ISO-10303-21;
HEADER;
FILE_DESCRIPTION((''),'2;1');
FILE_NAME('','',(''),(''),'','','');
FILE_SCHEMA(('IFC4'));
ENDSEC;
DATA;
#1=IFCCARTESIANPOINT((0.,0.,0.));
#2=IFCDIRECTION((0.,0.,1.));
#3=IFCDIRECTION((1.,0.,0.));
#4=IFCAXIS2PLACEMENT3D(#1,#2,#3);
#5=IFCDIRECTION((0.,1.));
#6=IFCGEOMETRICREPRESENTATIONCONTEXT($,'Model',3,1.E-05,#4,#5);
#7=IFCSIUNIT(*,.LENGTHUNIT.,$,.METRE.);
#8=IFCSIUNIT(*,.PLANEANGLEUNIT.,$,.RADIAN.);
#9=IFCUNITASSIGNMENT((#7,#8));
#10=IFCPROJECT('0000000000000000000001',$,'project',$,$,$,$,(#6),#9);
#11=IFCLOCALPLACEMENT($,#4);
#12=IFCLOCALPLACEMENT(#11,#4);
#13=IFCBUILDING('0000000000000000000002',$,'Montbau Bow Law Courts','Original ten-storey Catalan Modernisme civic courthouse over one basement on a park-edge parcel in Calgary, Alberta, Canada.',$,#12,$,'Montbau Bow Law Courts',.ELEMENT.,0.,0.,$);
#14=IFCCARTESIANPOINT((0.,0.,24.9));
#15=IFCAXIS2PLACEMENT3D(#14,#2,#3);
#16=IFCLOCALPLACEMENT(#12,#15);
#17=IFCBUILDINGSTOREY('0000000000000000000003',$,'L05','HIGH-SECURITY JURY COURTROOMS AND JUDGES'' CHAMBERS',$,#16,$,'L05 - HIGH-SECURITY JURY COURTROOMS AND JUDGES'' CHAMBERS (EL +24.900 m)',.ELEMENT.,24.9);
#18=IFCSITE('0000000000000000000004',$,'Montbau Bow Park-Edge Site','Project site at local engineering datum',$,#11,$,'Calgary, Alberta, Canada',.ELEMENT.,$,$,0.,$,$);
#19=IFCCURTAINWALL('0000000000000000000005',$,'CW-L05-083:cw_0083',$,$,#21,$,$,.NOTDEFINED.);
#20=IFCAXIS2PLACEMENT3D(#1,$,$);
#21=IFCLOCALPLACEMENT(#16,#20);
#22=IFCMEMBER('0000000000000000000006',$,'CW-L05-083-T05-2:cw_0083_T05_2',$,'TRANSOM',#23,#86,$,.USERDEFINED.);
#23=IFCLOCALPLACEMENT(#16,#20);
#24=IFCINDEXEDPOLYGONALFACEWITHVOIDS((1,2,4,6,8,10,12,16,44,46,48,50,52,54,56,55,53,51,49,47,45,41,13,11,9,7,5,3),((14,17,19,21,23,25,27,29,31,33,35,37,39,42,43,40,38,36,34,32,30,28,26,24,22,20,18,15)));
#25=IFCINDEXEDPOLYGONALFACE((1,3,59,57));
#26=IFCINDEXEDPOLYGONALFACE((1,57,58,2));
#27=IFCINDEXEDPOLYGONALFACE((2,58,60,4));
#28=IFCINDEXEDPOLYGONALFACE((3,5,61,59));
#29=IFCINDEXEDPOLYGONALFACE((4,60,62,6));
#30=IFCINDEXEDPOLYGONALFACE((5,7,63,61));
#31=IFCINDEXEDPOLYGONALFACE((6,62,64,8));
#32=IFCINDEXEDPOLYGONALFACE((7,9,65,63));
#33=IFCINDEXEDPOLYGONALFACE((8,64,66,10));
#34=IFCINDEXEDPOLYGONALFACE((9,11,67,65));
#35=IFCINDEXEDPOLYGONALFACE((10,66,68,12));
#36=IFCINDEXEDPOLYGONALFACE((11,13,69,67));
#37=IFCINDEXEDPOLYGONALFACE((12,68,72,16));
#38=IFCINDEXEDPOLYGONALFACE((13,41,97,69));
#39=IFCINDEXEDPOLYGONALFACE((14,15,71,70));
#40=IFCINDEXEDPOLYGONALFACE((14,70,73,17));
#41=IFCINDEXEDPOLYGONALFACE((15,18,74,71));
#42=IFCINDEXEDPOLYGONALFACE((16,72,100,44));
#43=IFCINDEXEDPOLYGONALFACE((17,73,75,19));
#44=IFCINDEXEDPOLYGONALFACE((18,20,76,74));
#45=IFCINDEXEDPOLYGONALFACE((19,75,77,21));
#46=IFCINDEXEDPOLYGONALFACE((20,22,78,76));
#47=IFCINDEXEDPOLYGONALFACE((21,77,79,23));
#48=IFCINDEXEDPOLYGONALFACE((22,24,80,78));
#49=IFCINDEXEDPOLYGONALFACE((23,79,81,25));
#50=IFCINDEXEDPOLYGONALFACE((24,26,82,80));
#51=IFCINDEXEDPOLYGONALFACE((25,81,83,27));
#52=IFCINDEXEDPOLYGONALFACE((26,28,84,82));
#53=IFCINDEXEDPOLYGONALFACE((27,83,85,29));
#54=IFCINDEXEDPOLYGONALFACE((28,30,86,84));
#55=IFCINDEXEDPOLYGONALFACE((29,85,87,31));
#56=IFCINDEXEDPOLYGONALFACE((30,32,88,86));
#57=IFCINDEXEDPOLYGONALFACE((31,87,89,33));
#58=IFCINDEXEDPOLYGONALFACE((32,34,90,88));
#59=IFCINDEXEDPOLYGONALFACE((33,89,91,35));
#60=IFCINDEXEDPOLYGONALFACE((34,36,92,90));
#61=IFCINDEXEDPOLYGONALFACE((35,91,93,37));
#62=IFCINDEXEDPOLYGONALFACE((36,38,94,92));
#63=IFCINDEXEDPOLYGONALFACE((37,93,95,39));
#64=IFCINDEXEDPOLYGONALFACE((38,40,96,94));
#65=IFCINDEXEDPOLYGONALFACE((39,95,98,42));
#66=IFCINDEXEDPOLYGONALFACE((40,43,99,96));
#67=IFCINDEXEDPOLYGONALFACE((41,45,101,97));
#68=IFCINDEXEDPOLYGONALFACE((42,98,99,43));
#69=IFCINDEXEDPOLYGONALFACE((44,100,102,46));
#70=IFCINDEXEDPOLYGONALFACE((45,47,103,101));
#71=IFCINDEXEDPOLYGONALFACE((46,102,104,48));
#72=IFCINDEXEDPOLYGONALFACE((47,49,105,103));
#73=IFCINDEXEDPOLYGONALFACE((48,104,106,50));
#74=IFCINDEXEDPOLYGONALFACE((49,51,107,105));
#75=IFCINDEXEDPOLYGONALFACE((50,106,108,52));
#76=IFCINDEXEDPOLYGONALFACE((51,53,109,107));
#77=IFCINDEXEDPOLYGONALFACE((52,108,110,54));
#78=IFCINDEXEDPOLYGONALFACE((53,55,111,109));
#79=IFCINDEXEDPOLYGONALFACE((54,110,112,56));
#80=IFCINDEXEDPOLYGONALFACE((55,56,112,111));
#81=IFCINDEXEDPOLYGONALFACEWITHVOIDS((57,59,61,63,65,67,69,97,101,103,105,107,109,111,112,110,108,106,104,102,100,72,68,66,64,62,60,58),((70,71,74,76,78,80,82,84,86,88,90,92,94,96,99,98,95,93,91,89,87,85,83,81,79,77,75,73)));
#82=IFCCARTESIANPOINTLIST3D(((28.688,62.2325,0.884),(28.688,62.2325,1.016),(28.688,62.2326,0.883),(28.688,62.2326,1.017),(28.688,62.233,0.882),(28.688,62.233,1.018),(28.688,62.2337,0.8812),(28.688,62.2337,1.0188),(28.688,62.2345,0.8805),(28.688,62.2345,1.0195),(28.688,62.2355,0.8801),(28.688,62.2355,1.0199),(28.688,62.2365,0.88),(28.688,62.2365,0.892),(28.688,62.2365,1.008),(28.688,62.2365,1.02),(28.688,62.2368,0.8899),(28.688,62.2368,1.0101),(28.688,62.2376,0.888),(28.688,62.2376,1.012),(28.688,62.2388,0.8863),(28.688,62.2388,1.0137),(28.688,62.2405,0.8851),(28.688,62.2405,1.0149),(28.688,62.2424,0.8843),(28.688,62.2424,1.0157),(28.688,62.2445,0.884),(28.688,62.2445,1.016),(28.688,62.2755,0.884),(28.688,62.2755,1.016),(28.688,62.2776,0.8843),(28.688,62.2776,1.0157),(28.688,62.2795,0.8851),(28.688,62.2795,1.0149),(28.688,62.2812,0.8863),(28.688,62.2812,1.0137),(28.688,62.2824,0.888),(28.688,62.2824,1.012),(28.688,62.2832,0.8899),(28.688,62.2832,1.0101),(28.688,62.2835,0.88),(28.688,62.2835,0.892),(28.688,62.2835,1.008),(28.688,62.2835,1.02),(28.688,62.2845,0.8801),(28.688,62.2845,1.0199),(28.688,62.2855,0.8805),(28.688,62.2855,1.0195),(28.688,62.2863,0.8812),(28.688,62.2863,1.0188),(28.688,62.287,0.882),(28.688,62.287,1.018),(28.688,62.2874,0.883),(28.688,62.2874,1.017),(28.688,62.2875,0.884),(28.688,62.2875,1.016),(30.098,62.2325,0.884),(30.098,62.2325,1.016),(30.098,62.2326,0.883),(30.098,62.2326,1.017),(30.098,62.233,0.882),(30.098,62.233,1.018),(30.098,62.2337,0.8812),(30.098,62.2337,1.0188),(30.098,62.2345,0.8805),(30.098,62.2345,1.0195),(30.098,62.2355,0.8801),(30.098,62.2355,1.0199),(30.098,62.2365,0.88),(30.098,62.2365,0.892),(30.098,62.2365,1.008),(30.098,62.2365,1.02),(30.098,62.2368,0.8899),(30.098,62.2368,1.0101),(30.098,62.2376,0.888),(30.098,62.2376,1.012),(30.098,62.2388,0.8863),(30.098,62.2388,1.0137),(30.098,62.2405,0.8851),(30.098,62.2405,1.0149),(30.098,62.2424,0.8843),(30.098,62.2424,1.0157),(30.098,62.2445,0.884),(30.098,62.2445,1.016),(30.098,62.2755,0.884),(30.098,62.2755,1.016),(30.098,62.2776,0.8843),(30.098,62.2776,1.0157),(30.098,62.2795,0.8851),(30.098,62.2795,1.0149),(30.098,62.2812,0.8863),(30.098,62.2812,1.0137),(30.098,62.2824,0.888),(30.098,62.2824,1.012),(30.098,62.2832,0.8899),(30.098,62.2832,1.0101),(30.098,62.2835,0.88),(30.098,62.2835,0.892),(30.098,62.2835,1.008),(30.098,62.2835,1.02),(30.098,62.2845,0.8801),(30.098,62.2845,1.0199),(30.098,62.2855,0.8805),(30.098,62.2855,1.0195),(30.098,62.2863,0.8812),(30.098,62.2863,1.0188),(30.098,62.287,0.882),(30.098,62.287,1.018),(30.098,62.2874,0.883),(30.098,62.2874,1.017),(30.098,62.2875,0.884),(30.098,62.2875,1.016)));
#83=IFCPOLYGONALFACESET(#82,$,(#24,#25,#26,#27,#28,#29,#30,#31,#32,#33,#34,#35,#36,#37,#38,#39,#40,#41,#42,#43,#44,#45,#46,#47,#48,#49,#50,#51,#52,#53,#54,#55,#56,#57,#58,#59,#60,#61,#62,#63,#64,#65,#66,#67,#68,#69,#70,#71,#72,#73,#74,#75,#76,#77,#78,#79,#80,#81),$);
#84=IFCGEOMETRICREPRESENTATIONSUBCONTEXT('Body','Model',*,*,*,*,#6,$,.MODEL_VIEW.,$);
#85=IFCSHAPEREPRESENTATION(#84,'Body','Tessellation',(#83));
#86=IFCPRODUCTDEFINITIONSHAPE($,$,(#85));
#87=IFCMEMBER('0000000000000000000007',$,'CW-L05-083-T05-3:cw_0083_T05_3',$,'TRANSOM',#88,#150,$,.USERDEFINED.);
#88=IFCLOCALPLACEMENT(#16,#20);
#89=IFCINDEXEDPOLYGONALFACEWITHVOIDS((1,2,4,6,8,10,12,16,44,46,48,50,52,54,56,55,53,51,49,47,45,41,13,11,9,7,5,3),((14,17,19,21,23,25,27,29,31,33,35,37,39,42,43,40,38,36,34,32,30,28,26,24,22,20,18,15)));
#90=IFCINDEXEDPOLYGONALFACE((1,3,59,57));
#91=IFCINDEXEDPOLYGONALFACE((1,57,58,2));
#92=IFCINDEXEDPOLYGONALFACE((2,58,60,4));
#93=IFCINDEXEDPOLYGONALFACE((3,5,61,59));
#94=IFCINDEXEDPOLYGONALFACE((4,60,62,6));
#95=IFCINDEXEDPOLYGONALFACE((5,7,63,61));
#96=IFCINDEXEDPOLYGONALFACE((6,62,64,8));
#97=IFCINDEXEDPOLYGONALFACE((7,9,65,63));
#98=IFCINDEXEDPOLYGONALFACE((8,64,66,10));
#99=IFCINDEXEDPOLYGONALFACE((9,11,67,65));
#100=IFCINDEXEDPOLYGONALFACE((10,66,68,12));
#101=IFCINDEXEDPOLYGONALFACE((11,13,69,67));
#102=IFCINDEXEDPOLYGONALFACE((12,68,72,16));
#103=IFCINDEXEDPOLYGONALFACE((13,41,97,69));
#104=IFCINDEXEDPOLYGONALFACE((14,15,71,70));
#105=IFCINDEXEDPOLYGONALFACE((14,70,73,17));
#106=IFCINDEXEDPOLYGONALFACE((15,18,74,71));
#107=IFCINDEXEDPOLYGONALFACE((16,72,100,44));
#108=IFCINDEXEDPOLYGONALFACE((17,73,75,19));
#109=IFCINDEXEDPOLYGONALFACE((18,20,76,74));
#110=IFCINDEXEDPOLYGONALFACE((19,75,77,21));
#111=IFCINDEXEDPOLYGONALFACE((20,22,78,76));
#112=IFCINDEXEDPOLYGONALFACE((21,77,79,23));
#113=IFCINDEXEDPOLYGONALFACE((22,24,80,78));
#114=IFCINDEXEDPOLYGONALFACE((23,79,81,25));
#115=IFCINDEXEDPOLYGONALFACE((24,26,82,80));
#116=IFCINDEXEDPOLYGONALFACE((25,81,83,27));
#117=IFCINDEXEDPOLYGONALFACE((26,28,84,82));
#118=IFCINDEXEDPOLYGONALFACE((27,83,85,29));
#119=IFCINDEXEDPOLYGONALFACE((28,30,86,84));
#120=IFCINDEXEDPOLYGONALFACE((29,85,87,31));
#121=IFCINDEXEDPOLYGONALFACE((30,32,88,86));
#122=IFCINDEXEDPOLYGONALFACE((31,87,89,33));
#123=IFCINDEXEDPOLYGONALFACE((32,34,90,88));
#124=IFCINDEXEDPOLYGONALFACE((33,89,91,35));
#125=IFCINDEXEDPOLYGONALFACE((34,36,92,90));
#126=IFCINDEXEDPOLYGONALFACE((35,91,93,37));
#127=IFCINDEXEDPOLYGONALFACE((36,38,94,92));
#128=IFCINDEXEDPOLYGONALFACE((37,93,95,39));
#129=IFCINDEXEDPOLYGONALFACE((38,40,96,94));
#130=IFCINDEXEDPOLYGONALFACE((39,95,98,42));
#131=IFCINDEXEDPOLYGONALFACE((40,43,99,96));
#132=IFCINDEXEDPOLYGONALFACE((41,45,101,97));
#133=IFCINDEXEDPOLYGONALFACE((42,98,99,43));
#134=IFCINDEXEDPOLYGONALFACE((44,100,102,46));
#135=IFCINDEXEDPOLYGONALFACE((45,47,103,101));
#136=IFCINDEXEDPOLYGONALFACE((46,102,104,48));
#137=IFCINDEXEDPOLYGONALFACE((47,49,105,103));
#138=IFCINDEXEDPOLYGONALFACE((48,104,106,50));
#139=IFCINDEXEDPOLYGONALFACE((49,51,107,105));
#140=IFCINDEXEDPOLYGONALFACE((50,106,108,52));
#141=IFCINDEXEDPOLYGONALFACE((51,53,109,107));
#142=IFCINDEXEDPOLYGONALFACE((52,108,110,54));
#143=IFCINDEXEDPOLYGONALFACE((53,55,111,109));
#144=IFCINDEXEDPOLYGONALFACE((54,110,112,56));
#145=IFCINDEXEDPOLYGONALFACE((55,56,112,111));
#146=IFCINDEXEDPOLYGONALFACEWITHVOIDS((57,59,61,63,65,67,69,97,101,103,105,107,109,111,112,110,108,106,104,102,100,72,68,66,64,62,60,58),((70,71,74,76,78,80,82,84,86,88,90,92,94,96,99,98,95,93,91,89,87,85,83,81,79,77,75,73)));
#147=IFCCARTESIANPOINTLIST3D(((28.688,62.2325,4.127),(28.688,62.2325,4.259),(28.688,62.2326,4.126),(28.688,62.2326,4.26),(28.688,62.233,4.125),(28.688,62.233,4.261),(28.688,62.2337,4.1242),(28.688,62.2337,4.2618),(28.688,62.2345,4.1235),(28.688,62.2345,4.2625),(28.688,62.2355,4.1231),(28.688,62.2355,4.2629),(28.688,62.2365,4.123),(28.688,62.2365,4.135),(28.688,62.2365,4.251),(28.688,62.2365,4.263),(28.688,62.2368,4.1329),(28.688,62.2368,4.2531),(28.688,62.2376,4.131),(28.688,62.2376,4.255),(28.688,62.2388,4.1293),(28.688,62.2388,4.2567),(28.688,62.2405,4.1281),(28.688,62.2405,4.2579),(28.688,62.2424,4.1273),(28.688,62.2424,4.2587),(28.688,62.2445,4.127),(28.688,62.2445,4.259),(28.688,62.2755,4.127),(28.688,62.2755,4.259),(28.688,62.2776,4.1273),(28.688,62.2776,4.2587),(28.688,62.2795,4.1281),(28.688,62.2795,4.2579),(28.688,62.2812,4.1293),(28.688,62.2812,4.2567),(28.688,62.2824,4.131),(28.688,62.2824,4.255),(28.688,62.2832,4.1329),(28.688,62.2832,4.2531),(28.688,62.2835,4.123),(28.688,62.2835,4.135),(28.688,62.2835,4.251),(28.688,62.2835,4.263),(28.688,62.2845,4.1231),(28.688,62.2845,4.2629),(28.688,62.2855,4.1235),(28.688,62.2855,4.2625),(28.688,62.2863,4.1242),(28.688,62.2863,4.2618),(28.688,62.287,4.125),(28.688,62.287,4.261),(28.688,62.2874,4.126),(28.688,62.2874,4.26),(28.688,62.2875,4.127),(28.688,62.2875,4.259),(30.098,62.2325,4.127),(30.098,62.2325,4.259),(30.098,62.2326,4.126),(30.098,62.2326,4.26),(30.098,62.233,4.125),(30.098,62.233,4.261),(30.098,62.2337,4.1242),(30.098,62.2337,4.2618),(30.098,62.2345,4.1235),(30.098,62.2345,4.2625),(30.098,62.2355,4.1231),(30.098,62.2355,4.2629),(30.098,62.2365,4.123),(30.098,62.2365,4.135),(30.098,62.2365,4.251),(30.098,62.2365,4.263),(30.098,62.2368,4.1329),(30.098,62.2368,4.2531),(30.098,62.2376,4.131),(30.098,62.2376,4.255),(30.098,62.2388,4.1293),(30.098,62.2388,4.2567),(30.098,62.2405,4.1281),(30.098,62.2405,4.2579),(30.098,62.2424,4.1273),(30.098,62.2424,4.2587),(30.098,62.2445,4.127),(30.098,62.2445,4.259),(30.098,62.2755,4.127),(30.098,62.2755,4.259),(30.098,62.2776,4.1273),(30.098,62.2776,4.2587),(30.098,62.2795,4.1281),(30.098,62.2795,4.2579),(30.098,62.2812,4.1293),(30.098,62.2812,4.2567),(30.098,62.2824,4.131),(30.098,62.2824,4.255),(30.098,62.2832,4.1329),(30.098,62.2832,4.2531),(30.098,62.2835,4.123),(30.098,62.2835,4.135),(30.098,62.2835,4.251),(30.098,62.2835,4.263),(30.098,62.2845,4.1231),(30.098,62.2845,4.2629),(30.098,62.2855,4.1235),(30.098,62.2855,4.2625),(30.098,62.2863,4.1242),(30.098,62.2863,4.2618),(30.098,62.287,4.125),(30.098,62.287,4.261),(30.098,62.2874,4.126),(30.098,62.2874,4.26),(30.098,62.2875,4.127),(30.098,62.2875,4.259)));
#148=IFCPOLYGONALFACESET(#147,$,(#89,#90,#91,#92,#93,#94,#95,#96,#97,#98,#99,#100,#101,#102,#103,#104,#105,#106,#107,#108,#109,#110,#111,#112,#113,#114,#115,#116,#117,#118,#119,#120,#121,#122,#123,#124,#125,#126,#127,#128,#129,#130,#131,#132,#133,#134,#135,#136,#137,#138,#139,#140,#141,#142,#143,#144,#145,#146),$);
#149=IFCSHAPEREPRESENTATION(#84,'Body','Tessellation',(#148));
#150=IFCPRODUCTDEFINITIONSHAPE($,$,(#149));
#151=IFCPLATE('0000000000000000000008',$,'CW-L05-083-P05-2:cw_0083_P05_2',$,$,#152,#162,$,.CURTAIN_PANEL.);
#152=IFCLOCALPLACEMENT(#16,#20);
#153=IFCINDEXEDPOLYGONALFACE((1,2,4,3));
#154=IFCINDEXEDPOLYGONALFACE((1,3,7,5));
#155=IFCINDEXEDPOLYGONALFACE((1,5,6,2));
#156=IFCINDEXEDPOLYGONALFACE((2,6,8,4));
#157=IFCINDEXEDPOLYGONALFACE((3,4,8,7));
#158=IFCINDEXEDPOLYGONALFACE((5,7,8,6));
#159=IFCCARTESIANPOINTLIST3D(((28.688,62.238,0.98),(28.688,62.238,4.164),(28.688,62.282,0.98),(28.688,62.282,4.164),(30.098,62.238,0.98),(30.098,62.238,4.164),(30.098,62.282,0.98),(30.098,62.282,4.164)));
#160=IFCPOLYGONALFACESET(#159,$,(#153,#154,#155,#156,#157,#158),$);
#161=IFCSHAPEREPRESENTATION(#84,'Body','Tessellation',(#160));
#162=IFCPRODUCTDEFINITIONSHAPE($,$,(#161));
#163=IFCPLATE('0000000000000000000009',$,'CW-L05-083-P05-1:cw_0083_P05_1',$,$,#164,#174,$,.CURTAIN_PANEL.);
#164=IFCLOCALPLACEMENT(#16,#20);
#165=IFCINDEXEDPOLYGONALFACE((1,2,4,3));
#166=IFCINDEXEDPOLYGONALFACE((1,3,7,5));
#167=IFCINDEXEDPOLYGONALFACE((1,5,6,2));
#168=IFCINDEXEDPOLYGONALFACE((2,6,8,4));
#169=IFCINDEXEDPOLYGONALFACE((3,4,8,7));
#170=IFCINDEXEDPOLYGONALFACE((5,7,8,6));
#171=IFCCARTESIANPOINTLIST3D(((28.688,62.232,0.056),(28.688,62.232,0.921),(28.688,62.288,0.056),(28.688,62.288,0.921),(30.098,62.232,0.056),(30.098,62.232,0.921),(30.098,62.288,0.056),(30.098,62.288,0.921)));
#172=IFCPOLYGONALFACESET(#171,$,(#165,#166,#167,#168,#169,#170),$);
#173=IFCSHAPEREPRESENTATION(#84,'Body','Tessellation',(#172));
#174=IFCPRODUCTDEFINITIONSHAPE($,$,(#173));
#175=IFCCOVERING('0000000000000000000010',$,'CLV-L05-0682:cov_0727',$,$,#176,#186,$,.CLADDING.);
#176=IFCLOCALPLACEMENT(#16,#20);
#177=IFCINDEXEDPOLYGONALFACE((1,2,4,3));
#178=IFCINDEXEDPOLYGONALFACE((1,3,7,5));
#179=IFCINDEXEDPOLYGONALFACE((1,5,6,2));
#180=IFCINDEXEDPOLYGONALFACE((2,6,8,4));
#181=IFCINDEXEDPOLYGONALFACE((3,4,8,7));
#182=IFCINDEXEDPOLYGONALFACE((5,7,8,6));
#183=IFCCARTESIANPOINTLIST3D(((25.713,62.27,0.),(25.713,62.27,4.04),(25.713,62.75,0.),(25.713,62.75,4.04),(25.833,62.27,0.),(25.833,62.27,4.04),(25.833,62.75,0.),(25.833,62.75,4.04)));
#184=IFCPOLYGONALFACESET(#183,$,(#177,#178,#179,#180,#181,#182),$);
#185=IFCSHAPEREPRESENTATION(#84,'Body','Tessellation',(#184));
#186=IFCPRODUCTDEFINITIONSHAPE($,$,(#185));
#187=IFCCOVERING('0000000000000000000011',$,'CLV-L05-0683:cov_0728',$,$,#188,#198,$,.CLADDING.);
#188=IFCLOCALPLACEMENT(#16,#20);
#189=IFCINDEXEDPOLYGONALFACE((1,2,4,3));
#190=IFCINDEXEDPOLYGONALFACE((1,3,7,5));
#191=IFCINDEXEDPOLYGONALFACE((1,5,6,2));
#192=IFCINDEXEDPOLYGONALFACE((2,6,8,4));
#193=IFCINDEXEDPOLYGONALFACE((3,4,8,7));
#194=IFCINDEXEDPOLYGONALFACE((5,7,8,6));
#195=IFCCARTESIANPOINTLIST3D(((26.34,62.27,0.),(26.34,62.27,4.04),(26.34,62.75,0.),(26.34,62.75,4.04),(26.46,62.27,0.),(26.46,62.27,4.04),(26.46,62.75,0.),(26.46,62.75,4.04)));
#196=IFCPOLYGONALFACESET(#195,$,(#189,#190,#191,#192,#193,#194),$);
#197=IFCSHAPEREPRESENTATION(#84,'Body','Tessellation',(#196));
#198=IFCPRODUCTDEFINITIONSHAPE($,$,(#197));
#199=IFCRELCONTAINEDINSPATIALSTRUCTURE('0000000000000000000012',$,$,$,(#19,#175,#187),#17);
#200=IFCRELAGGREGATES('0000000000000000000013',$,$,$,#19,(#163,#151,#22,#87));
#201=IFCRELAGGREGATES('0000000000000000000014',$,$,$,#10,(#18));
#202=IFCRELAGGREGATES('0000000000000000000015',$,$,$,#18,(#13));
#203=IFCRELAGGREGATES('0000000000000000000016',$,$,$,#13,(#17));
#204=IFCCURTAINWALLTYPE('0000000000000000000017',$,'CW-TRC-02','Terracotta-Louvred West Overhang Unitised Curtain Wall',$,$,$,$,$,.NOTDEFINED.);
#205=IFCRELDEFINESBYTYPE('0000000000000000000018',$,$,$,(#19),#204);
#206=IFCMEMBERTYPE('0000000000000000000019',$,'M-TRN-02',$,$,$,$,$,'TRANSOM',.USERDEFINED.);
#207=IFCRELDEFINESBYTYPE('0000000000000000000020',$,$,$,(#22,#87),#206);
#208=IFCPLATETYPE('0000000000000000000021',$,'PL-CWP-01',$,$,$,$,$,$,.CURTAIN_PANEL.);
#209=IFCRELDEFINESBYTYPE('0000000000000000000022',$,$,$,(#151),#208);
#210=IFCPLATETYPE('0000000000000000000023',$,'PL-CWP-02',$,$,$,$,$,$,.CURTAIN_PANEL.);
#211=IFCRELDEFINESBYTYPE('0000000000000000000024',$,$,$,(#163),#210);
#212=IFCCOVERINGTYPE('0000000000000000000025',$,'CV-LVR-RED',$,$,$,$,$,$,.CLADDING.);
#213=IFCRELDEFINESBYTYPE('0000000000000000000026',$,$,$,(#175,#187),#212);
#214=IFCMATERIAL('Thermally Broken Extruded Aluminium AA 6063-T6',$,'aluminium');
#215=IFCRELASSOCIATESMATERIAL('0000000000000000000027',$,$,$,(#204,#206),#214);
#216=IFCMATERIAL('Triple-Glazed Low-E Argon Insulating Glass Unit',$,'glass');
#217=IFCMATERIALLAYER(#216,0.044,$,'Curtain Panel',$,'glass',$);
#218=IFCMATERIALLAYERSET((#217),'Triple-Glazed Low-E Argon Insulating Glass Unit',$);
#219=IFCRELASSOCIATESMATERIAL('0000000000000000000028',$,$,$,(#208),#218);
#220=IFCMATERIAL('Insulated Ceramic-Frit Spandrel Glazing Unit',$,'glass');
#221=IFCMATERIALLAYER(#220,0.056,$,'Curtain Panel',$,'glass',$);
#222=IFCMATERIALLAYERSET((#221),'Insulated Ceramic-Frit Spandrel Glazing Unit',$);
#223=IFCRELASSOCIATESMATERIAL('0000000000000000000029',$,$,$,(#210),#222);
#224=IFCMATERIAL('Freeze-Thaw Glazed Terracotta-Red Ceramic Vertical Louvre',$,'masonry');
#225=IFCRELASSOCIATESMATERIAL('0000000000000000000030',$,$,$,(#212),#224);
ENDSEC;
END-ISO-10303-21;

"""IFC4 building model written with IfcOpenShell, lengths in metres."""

from ifc_helpers import new_model, si_unit, direction, frame, frame_2d, origin_with_axes, origin_2d_with_axis, place, context, subcontext, project, spatial, rectangle, hollow_rectangle, extrude, material, layer, layer_set, material_profile, profile_set, type_object, element, aggregate, save


model = new_model("IFC4")

# Units and contexts
model_context = context("Model", 3, precision=1e-05, world=origin_with_axes(), true_north=direction((0.0, 1.0)))
body_context = subcontext(model_context, "Body", "Model", "MODEL_VIEW")
ifc_project = project(units=[si_unit("LENGTHUNIT", "METRE"), si_unit("PLANEANGLEUNIT", "RADIAN")], contexts=[model_context])

# Site, building, storey
site_placement = place(None, origin_with_axes())
site = spatial("IfcSite", under=ifc_project, at=site_placement, Name="Montbau Bow Park-Edge Site", Description="Project site at local engineering datum", LongName="Calgary, Alberta, Canada", CompositionType="ELEMENT", RefElevation=0.0)
building_placement = place(site_placement, origin_with_axes())
building = spatial("IfcBuilding", under=site, at=building_placement, Name="Montbau Bow Law Courts", Description="Original ten-storey Catalan Modernisme civic courthouse over one basement on a park-edge parcel in Calgary, Alberta, Canada.", LongName="Montbau Bow Law Courts", CompositionType="ELEMENT", ElevationOfRefHeight=0.0, ElevationOfTerrain=0.0)
storey_placement = place(building_placement, frame((0.0, 0.0, 24.9), z_axis=(0.0, 0.0, 1.0), x_axis=(1.0, 0.0, 0.0)))
storey = spatial("IfcBuildingStorey", under=building, at=storey_placement, Name="L05", Description="HIGH-SECURITY JURY COURTROOMS AND JUDGES' CHAMBERS", LongName="L05 - HIGH-SECURITY JURY COURTROOMS AND JUDGES' CHAMBERS (EL +24.900 m)", CompositionType="ELEMENT", Elevation=24.9)

# Curtain wall, members, plates
ifc_material_1 = material(Name="Thermally Broken Extruded Aluminium AA 6063-T6", Category="aluminium")
curtain_wall_type = type_object("IfcCurtainWallType", Name="CW-TRC-02", Description="Terracotta-Louvred West Overhang Unitised Curtain Wall", PredefinedType="NOTDEFINED", material=ifc_material_1)
curtain_wall_placement = place(None, frame((22.64, 62.26, 24.9), z_axis=(0.0, 0.0, 1.0), x_axis=(1.0, 0.0, 0.0)))
curtain_wall = element("IfcCurtainWall", 1, at=curtain_wall_placement, inside=storey, type_object=curtain_wall_type, Name="CW-L05-083:cw_0083", PredefinedType="NOTDEFINED")
ifc_material_profile_1 = material_profile(ifc_material_1, hollow_rectangle(XDim=0.055, YDim=0.14, WallThickness=0.004, InnerFilletRadius=0.008, OuterFilletRadius=0.004, at=origin_2d_with_axis()), Name="CWT-140X55", Category="Main", Priority=0)
ifc_profile_set_1 = profile_set([ifc_material_profile_1], Name="Thermally Broken Extruded Aluminium AA 6063-T6")
member_type_1 = type_object("IfcMemberType", Name="M-TRN-02", ElementType="TRANSOM", PredefinedType="USERDEFINED", material=ifc_profile_set_1)
member_1_placement = place(None, frame((28.688, 62.26, 25.85), z_axis=(1.0, 0.0, 0.0), x_axis=(0.0, 1.0, 0.0)))
member_1 = element("IfcMember", 2, at=member_1_placement, type_object=member_type_1, Name="CW-L05-083-T05-2:cw_0083_T05_2", ObjectType="TRANSOM", PredefinedType="USERDEFINED", context=body_context, shape_type="SweptSolid", body=[
    extrude(hollow_rectangle(XDim=0.055, YDim=0.14, WallThickness=0.004, InnerFilletRadius=0.008, OuterFilletRadius=0.004, at=origin_2d_with_axis()), origin_with_axes(), (0.0, 0.0, 1.0), 1.41),
])
member_2_placement = place(None, frame((28.688, 62.26, 29.093), z_axis=(1.0, 0.0, 0.0), x_axis=(0.0, 1.0, 0.0)))
member_2 = element("IfcMember", 3, at=member_2_placement, type_object=member_type_1, Name="CW-L05-083-T05-3:cw_0083_T05_3", ObjectType="TRANSOM", PredefinedType="USERDEFINED", context=body_context, shape_type="SweptSolid", body=[
    extrude(hollow_rectangle(XDim=0.055, YDim=0.14, WallThickness=0.004, InnerFilletRadius=0.008, OuterFilletRadius=0.004, at=origin_2d_with_axis()), origin_with_axes(), (0.0, 0.0, 1.0), 1.41),
])
ifc_material_2 = material(Name="Triple-Glazed Low-E Argon Insulating Glass Unit", Category="glass")
ifc_layer_1 = layer(ifc_material_2, 0.044, Name="Curtain Panel", Category="glass")
ifc_layer_set_1 = layer_set([ifc_layer_1], Name="Triple-Glazed Low-E Argon Insulating Glass Unit")
plate_type_1 = type_object("IfcPlateType", Name="PL-CWP-01", PredefinedType="CURTAIN_PANEL", material=ifc_layer_set_1)
plate_1_placement = place(None, frame((28.688, 62.26, 25.88), z_axis=(0.0, -1.0, 0.0), x_axis=(1.0, 0.0, 0.0)))
plate_1 = element("IfcPlate", 4, at=plate_1_placement, type_object=plate_type_1, Name="CW-L05-083-P05-2:cw_0083_P05_2", PredefinedType="CURTAIN_PANEL", context=body_context, shape_type="SweptSolid", body=[
    extrude(rectangle(XDim=1.41, YDim=3.184, at=frame_2d((0.705, 1.592), x_axis=(1.0, 0.0))), frame((0.0, 0.0, -0.022), z_axis=(0.0, 0.0, 1.0), x_axis=(1.0, 0.0, 0.0)), (0.0, 0.0, 1.0), 0.044),
])
ifc_material_3 = material(Name="Insulated Ceramic-Frit Spandrel Glazing Unit", Category="glass")
ifc_layer_2 = layer(ifc_material_3, 0.056, Name="Curtain Panel", Category="glass")
ifc_layer_set_2 = layer_set([ifc_layer_2], Name="Insulated Ceramic-Frit Spandrel Glazing Unit")
plate_type_2 = type_object("IfcPlateType", Name="PL-CWP-02", PredefinedType="CURTAIN_PANEL", material=ifc_layer_set_2)
plate_2_placement = place(None, frame((28.688, 62.26, 24.956), z_axis=(0.0, -1.0, 0.0), x_axis=(1.0, 0.0, 0.0)))
plate_2 = element("IfcPlate", 5, at=plate_2_placement, type_object=plate_type_2, Name="CW-L05-083-P05-1:cw_0083_P05_1", PredefinedType="CURTAIN_PANEL", context=body_context, shape_type="SweptSolid", body=[
    extrude(rectangle(XDim=1.41, YDim=0.865, at=frame_2d((0.705, 0.4325), x_axis=(1.0, 0.0))), frame((0.0, 0.0, -0.028), z_axis=(0.0, 0.0, 1.0), x_axis=(1.0, 0.0, 0.0)), (0.0, 0.0, 1.0), 0.056),
])
aggregate(curtain_wall, [plate_2, plate_1, member_1, member_2])

# Coverings
ifc_material_4 = material(Name="Freeze-Thaw Glazed Terracotta-Red Ceramic Vertical Louvre", Category="masonry")
covering_type = type_object("IfcCoveringType", Name="CV-LVR-RED", PredefinedType="CLADDING", material=ifc_material_4)
for number, where, z_axis, x_axis, name in (
    (6, (25.773, 62.27, 24.9), (1.0, 0.0, 0.0), (0.0, 1.0, 0.0), "CLV-L05-0682:cov_0727"),
    (7, (26.4, 62.27, 24.9), (1.0, 0.0, 0.0), (0.0, 1.0, 0.0), "CLV-L05-0683:cov_0728"),
):
    element("IfcCovering", number, at=place(None, frame(where, z_axis=z_axis, x_axis=x_axis)), inside=storey, type_object=covering_type, Name=name, PredefinedType="CLADDING", context=body_context, shape_type="SweptSolid", body=[
        extrude(rectangle(XDim=0.48, YDim=4.04, at=frame_2d((0.24, 2.02), x_axis=(1.0, 0.0))), frame((0.0, 0.0, -0.06), z_axis=(0.0, 0.0, 1.0), x_axis=(1.0, 0.0, 0.0)), (0.0, 0.0, 1.0), 0.12),
    ])

save(model, "model.ifc")
